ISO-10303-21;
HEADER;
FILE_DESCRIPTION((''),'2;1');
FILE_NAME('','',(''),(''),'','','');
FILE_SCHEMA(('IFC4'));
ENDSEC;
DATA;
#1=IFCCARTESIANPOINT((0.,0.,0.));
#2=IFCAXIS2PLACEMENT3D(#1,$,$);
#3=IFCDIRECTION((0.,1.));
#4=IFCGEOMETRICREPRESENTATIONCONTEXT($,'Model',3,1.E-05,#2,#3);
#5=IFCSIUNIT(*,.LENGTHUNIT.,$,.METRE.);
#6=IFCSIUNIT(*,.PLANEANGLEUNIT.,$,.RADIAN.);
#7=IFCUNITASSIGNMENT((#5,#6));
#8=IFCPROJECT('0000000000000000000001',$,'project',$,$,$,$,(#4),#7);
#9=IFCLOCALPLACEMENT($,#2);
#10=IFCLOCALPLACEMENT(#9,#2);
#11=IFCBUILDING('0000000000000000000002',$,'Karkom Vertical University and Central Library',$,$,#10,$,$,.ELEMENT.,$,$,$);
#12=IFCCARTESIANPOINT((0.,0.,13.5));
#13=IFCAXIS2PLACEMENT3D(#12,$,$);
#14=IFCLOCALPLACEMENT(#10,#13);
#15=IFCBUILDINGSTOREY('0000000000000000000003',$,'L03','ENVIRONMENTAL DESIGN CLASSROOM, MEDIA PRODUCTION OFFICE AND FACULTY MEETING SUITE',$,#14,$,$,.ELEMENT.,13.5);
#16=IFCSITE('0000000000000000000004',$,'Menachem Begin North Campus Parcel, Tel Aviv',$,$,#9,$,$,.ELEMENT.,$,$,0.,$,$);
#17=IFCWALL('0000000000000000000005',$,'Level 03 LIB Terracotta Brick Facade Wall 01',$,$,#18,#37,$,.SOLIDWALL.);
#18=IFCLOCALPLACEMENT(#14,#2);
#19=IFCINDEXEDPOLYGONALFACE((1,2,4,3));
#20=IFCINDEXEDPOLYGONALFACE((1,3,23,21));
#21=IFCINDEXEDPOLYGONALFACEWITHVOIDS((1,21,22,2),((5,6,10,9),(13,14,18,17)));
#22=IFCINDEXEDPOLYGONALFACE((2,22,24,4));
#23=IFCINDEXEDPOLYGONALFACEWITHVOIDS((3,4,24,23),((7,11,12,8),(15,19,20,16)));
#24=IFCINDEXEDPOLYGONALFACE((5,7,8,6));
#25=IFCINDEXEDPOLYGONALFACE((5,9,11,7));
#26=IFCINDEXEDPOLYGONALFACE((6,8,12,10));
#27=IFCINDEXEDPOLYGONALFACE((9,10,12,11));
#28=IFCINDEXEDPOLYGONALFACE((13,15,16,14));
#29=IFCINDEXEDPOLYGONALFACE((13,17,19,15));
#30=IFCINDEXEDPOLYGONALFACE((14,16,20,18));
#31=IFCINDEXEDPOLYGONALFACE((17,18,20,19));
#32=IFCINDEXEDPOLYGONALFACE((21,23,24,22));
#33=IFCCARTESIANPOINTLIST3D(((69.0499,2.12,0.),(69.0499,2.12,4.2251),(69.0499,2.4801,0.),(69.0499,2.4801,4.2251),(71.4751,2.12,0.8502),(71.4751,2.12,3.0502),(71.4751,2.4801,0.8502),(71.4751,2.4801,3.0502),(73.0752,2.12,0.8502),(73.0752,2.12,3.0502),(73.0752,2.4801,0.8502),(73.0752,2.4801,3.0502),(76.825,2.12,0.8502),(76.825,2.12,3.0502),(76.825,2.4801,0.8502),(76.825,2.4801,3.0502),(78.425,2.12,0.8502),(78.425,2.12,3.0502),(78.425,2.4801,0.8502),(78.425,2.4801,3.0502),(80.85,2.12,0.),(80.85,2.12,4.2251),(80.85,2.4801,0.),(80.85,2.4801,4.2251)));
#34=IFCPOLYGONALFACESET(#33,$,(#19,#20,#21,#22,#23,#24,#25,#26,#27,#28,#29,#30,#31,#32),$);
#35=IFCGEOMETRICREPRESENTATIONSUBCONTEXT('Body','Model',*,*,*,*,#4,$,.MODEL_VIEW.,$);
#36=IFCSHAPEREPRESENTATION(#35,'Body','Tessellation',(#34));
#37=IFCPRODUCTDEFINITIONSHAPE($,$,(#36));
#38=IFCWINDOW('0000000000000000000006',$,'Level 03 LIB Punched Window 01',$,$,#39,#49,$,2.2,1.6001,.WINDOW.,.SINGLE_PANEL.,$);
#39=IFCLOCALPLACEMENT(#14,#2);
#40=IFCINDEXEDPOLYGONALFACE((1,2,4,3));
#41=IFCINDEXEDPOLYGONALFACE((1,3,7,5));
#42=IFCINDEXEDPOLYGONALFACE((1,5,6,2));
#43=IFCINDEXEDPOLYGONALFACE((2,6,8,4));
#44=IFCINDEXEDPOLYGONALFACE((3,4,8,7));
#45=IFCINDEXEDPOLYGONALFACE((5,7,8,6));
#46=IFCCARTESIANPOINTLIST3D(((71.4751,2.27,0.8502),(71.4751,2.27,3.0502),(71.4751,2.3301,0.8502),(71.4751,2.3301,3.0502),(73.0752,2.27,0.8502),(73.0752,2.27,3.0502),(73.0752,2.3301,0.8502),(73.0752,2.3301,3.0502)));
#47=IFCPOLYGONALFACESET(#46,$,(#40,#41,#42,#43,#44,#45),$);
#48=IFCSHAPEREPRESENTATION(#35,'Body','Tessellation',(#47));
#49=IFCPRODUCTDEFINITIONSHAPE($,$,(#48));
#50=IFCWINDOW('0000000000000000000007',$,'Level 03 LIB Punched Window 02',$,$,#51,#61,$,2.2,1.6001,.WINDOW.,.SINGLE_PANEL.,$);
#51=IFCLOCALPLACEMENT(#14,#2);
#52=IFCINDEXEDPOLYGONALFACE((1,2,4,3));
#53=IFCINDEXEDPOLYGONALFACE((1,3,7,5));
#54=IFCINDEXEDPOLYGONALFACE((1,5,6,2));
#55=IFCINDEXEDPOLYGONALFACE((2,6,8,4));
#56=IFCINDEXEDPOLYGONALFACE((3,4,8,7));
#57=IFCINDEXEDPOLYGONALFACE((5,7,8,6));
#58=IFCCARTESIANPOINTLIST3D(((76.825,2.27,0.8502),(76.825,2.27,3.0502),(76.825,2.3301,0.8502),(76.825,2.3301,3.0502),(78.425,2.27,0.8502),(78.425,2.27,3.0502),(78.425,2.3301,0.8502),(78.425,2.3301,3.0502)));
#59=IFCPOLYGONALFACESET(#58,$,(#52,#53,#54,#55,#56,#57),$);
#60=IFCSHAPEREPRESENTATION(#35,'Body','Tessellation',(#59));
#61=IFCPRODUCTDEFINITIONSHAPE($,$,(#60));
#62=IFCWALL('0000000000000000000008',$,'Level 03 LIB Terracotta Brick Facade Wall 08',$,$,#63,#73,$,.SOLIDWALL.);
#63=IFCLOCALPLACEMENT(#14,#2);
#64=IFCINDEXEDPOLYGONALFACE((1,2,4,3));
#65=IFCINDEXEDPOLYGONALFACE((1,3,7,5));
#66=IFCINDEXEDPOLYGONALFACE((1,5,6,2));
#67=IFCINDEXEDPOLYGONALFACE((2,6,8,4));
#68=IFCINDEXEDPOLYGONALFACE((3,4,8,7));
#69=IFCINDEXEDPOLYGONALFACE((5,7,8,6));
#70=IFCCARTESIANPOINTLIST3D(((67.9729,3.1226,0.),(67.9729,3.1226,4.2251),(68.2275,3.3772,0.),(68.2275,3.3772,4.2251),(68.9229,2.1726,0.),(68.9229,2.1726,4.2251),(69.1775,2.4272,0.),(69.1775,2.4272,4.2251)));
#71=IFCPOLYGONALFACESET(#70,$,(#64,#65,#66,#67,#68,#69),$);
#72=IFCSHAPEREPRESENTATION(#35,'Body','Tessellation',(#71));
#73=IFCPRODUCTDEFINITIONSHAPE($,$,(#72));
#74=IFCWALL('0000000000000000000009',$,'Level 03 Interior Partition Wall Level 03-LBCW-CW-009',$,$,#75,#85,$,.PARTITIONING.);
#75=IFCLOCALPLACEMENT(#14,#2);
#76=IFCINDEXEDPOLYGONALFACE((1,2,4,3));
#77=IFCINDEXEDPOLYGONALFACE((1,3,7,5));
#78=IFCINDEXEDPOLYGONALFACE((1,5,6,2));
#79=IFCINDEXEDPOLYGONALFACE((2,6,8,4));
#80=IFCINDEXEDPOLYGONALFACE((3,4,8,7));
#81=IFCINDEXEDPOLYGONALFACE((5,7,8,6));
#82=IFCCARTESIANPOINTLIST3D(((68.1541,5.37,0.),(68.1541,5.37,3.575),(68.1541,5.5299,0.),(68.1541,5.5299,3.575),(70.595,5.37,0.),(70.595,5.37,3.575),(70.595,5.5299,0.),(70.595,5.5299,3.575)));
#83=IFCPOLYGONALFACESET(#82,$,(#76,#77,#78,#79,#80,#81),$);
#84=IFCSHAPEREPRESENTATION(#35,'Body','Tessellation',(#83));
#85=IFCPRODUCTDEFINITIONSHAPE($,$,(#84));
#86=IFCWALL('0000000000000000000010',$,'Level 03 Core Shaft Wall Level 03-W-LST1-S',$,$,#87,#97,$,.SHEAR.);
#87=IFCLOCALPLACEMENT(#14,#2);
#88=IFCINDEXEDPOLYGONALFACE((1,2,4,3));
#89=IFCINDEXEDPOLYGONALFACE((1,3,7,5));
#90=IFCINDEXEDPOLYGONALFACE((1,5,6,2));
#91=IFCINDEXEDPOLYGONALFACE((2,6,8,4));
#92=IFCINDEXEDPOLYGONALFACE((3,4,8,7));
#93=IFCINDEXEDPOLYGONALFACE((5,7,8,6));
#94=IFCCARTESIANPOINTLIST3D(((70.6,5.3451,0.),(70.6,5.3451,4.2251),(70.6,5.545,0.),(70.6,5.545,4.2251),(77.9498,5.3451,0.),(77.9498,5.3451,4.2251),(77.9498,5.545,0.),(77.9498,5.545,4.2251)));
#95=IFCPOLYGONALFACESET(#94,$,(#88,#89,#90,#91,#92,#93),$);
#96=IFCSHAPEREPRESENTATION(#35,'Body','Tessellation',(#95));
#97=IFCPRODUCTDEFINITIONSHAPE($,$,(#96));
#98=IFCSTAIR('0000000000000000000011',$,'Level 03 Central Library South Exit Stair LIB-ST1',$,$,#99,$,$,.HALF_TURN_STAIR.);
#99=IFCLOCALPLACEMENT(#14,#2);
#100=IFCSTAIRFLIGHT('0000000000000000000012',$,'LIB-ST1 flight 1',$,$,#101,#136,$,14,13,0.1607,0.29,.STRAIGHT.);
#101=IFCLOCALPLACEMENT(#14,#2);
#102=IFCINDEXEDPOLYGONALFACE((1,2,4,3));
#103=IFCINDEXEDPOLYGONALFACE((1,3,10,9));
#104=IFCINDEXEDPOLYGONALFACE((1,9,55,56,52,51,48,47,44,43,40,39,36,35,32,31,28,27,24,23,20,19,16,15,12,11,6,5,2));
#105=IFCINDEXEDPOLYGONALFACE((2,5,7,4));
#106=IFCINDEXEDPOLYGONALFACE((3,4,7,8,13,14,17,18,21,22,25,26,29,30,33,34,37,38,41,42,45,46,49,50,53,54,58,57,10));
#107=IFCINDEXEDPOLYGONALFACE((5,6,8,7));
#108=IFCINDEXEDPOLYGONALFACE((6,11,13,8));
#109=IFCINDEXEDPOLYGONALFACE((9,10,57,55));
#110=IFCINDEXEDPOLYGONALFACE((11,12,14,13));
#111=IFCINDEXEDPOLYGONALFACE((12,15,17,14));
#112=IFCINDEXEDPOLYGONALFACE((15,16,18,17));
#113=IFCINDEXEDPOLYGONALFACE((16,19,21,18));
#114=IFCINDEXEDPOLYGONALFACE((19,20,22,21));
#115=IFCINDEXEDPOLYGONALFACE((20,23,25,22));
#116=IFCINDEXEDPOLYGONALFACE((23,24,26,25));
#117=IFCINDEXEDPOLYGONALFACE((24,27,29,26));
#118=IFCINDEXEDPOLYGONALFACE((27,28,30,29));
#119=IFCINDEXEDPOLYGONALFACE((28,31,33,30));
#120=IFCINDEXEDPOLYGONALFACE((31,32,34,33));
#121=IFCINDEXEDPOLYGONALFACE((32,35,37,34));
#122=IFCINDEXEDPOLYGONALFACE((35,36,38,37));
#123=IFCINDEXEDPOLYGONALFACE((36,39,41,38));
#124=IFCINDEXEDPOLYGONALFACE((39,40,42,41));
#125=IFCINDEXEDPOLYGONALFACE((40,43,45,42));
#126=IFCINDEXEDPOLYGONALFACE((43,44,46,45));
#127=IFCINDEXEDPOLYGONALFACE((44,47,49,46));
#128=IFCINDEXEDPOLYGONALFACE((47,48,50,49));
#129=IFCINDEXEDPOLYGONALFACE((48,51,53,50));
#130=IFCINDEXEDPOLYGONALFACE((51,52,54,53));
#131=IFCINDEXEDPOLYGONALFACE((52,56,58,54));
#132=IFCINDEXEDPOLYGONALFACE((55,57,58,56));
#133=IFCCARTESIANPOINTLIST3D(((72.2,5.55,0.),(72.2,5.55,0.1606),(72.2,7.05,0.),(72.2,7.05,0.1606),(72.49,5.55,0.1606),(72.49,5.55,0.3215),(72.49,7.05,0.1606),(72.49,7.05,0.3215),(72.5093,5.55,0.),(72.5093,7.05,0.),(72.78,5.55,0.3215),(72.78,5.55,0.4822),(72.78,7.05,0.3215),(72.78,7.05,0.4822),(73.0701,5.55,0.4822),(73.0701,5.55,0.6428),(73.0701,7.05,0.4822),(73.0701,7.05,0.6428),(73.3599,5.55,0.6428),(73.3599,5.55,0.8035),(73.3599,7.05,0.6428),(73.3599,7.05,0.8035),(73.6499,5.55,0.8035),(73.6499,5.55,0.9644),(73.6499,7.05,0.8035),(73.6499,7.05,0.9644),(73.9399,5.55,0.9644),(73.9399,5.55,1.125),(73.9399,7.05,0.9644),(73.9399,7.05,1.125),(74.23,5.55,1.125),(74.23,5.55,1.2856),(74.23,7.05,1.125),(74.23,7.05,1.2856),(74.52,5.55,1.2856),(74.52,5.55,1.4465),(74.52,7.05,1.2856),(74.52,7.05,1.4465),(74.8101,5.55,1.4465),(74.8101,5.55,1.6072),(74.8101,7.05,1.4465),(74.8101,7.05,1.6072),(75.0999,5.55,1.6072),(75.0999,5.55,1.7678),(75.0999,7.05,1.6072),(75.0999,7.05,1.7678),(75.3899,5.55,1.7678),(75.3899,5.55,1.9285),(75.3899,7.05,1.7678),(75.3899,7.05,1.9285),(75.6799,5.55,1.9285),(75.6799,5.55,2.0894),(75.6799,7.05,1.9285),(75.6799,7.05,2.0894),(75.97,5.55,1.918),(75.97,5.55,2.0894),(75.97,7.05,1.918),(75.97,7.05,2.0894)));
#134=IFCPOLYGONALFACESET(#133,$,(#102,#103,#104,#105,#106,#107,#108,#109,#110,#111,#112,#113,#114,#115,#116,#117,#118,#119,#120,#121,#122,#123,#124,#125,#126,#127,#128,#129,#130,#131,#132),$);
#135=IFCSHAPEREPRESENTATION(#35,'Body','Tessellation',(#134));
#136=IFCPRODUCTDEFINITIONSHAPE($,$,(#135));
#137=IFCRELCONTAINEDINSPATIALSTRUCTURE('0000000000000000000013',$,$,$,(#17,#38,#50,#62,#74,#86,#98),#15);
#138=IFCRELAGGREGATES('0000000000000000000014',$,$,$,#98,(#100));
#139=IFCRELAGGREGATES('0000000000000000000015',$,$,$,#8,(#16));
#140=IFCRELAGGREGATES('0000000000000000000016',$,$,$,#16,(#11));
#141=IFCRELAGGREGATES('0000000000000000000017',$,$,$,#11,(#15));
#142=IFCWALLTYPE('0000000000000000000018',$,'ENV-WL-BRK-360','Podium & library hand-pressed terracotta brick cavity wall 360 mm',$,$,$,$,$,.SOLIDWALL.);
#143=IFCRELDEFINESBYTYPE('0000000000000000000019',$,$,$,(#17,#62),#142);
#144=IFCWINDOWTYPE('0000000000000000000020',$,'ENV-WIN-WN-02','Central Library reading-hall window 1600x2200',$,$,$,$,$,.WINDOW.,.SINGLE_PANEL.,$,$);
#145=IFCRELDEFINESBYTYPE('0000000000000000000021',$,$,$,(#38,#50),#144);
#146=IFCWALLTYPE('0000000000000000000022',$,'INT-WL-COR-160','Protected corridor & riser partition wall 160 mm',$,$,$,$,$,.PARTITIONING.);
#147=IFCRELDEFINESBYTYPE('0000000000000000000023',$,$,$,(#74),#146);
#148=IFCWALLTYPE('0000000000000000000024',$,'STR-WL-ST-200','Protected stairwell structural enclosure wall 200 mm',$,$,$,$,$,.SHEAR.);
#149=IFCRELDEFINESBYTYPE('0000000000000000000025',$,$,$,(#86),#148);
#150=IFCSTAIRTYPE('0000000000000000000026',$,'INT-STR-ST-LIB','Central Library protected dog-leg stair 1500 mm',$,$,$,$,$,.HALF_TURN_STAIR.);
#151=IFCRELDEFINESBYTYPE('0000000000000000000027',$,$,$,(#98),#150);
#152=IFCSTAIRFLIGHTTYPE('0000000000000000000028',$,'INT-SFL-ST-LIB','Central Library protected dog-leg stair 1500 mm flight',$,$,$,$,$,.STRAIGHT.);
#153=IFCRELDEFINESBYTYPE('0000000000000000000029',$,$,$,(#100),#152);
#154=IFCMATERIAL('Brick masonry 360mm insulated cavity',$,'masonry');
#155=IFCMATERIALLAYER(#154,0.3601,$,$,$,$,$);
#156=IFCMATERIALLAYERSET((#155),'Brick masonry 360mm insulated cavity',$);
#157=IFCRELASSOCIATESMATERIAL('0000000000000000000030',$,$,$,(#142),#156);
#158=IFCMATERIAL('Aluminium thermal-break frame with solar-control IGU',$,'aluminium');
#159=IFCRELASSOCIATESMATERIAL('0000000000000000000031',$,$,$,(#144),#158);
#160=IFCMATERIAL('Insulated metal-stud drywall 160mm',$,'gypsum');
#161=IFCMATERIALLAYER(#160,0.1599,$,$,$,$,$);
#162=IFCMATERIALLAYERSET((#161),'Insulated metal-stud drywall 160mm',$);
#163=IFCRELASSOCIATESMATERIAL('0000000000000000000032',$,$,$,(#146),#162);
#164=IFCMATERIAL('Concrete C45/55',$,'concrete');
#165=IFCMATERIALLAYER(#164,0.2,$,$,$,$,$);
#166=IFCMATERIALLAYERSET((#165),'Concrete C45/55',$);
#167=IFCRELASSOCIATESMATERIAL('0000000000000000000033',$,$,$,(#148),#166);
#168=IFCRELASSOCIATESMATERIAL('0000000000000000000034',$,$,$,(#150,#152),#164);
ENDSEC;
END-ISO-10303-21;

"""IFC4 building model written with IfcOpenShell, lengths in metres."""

from ifc_helpers import new_model, si_unit, direction, frame, frame_2d, origin, origin_with_axes, place, context, subcontext, project, spatial, polyline, rectangle, outline, extrude, source, transform, mapped, material, layer, layer_set, type_object, element, fill, aggregate, save


model = new_model("IFC4")

# Units and contexts
model_context = context("Model", 3, precision=1e-05, world=origin(), true_north=direction((0.0, 1.0)))
body_context = subcontext(model_context, "Body", "Model", "MODEL_VIEW")
ifc_project = project(units=[si_unit("LENGTHUNIT", "METRE"), si_unit("PLANEANGLEUNIT", "RADIAN")], contexts=[model_context])

# Site, building, storey
site_placement = place(None, origin())
site = spatial("IfcSite", under=ifc_project, at=site_placement, Name="Menachem Begin North Campus Parcel, Tel Aviv", CompositionType="ELEMENT", RefElevation=0.0)
building_placement = place(site_placement, origin())
building = spatial("IfcBuilding", under=site, at=building_placement, Name="Karkom Vertical University and Central Library", CompositionType="ELEMENT")
storey_placement = place(building_placement, frame((0.0, 0.0, 13.5)))
storey = spatial("IfcBuildingStorey", under=building, at=storey_placement, Name="L03", Description="ENVIRONMENTAL DESIGN CLASSROOM, MEDIA PRODUCTION OFFICE AND FACULTY MEETING SUITE", CompositionType="ELEMENT", Elevation=13.5)

# Wall, openings, windows
ifc_material_1 = material(Name="Brick masonry 360mm insulated cavity", Category="masonry")
ifc_layer_1 = layer(ifc_material_1, 0.3601)
ifc_layer_set_1 = layer_set([ifc_layer_1], Name="Brick masonry 360mm insulated cavity")
wall_type_1 = type_object("IfcWallType", Name="ENV-WL-BRK-360", Description="Podium & library hand-pressed terracotta brick cavity wall 360 mm", PredefinedType="SOLIDWALL", material=ifc_layer_set_1)
wall_1_placement = place(storey_placement, frame((69.05, 2.3, 0.0), z_axis=(0.0, 0.0, 1.0), x_axis=(1.0, 0.0, 0.0)))
wall_1 = element("IfcWall", 1, at=wall_1_placement, inside=storey, type_object=wall_type_1, Name="Level 03 LIB Terracotta Brick Facade Wall 01", PredefinedType="SOLIDWALL", context=body_context, shape_type="SweptSolid", body=[
    extrude(rectangle(XDim=11.8, YDim=0.3601, at=frame_2d((5.8999, 0.0))), origin(), (0.0, 0.0, 1.0), 4.2251),
])
opening_1_placement = place(wall_1_placement, frame((2.425, 0.0, 0.8501)))
opening_1 = element("IfcOpeningElement", 2, at=opening_1_placement, cuts=wall_1, PredefinedType="OPENING", context=body_context, shape_type="SweptSolid", body=[
    extrude(rectangle(XDim=1.6001, YDim=2.2, at=frame_2d((0.8, 1.1001))), frame((0.0, 0.1899, 0.0), z_axis=(0.0, -1.0, 0.0), x_axis=(1.0, 0.0, 0.0)), (0.0, 0.0, 1.0), 0.3801),
])
opening_2_placement = place(wall_1_placement, frame((7.7749, 0.0, 0.8501)))
opening_2 = element("IfcOpeningElement", 3, at=opening_2_placement, cuts=wall_1, PredefinedType="OPENING", context=body_context, shape_type="SweptSolid", body=[
    extrude(rectangle(XDim=1.6001, YDim=2.2, at=frame_2d((0.8, 1.1001))), frame((0.0, 0.1899, 0.0), z_axis=(0.0, -1.0, 0.0), x_axis=(1.0, 0.0, 0.0)), (0.0, 0.0, 1.0), 0.3801),
])
ifc_material_2 = material(Name="Aluminium thermal-break frame with solar-control IGU", Category="aluminium")
window_type = type_object("IfcWindowType", Name="ENV-WIN-WN-02", Description="Central Library reading-hall window 1600x2200", PartitioningType="SINGLE_PANEL", PredefinedType="WINDOW", material=ifc_material_2)
shared_shape_1 = source(origin_with_axes(), body_context, "Body", "SweptSolid", [
    extrude(rectangle(XDim=1.6001, YDim=2.2, at=frame_2d((0.8, 1.1001))), frame((0.0, 0.03, 0.0), z_axis=(0.0, -1.0, 0.0), x_axis=(1.0, 0.0, 0.0)), (0.0, 0.0, 1.0), 0.0601),
])
window_1_placement = place(opening_1_placement, origin())
window_1 = element("IfcWindow", 4, at=window_1_placement, inside=storey, type_object=window_type, Name="Level 03 LIB Punched Window 01", OverallHeight=2.2, OverallWidth=1.6001, PartitioningType="SINGLE_PANEL", PredefinedType="WINDOW", context=body_context, shape_type="MappedRepresentation", body=[
    mapped(shared_shape_1, transform((0.0, 0.0, 0.0), scale=1.0)),
])
fill(opening_1, window_1)
window_2_placement = place(opening_2_placement, origin())
window_2 = element("IfcWindow", 5, at=window_2_placement, inside=storey, type_object=window_type, Name="Level 03 LIB Punched Window 02", OverallHeight=2.2, OverallWidth=1.6001, PartitioningType="SINGLE_PANEL", PredefinedType="WINDOW", context=body_context, shape_type="MappedRepresentation", body=[
    mapped(shared_shape_1, transform((0.0, 0.0, 0.0), scale=1.0)),
])
fill(opening_2, window_2)

# Walls
wall_2_placement = place(storey_placement, frame((68.1001, 3.25, 0.0), z_axis=(0.0, 0.0, 1.0), x_axis=(0.707107, -0.707107, 0.0)))
element("IfcWall", 6, at=wall_2_placement, inside=storey, type_object=wall_type_1, Name="Level 03 LIB Terracotta Brick Facade Wall 08", PredefinedType="SOLIDWALL", context=body_context, shape_type="SweptSolid", body=[
    extrude(rectangle(XDim=1.3435, YDim=0.3601, at=frame_2d((0.6719, 0.0))), origin(), (0.0, 0.0, 1.0), 4.2251),
])
ifc_material_3 = material(Name="Insulated metal-stud drywall 160mm", Category="gypsum")
ifc_layer_2 = layer(ifc_material_3, 0.1599)
ifc_layer_set_2 = layer_set([ifc_layer_2], Name="Insulated metal-stud drywall 160mm")
wall_type_2 = type_object("IfcWallType", Name="INT-WL-COR-160", Description="Protected corridor & riser partition wall 160 mm", PredefinedType="PARTITIONING", material=ifc_layer_set_2)
wall_3_placement = place(storey_placement, frame((70.595, 5.45, 0.0), z_axis=(0.0, 0.0, 1.0), x_axis=(-1.0, 0.0, 0.0)))
element("IfcWall", 7, at=wall_3_placement, inside=storey, type_object=wall_type_2, Name="Level 03 Interior Partition Wall Level 03-LBCW-CW-009", PredefinedType="PARTITIONING", context=body_context, shape_type="SweptSolid", body=[
    extrude(rectangle(XDim=2.4409, YDim=0.1599, at=frame_2d((1.2205, 0.0))), origin(), (0.0, 0.0, 1.0), 3.575),
])
ifc_material_4 = material(Name="Concrete C45/55", Category="concrete")
ifc_layer_3 = layer(ifc_material_4, 0.2)
ifc_layer_set_3 = layer_set([ifc_layer_3], Name="Concrete C45/55")
wall_type_3 = type_object("IfcWallType", Name="STR-WL-ST-200", Description="Protected stairwell structural enclosure wall 200 mm", PredefinedType="SHEAR", material=ifc_layer_set_3)
wall_4_placement = place(storey_placement, frame((70.6001, 5.4451, 0.0), z_axis=(0.0, 0.0, 1.0), x_axis=(1.0, 0.0, 0.0)))
element("IfcWall", 8, at=wall_4_placement, inside=storey, type_object=wall_type_3, Name="Level 03 Core Shaft Wall Level 03-W-LST1-S", PredefinedType="SHEAR", context=body_context, shape_type="SweptSolid", body=[
    extrude(rectangle(XDim=7.3499, YDim=0.2, at=frame_2d((3.6748, 0.0))), origin(), (0.0, 0.0, 1.0), 4.2251),
])

# Stair, stair flight
stair_type = type_object("IfcStairType", Name="INT-STR-ST-LIB", Description="Central Library protected dog-leg stair 1500 mm", PredefinedType="HALF_TURN_STAIR", material=ifc_material_4)
stair_placement = place(storey_placement, origin())
stair = element("IfcStair", 9, at=stair_placement, inside=storey, type_object=stair_type, Name="Level 03 Central Library South Exit Stair LIB-ST1", PredefinedType="HALF_TURN_STAIR")
stair_flight_type = type_object("IfcStairFlightType", Name="INT-SFL-ST-LIB", Description="Central Library protected dog-leg stair 1500 mm flight", PredefinedType="STRAIGHT", material=ifc_material_4)
stair_flight_placement = place(storey_placement, frame((72.2, 6.3, 0.0), z_axis=(0.0, 0.0, 1.0), x_axis=(1.0, 0.0, 0.0)))
stair_flight = element("IfcStairFlight", 10, at=stair_flight_placement, type_object=stair_flight_type, Name="LIB-ST1 flight 1", NumberOfRisers=14, NumberOfTreads=13, PredefinedType="STRAIGHT", RiserHeight=0.1607, TreadLength=0.29, context=body_context, shape_type="SweptSolid", body=[
    extrude(outline(polyline([(0.0, 0.0), (0.0, 0.1606), (0.29, 0.1606), (0.29, 0.3215), (0.5801, 0.3215), (0.5801, 0.4822), (0.8701, 0.4822), (0.8701, 0.6428), (1.1599, 0.6428), (1.1599, 0.8035), (1.45, 0.8035), (1.45, 0.9644), (1.74, 0.9644), (1.74, 1.125), (2.03, 1.125), (2.03, 1.2856), (2.3201, 1.2856), (2.3201, 1.4465), (2.6101, 1.4465), (2.6101, 1.6072), (2.8999, 1.6072), (2.8999, 1.7678), (3.1899, 1.7678), (3.1899, 1.9285), (3.48, 1.9285), (3.48, 2.0894), (3.77, 2.0894), (3.77, 2.25), (3.77, 1.918), (0.3093, 0.0), (0.0, 0.0)])), frame((0.0, 0.75, 0.0), z_axis=(0.0, -1.0, 0.0), x_axis=(1.0, 0.0, 0.0)), (0.0, 0.0, 1.0), 1.5),
])
aggregate(stair, [stair_flight])

save(model, "model.ifc")
